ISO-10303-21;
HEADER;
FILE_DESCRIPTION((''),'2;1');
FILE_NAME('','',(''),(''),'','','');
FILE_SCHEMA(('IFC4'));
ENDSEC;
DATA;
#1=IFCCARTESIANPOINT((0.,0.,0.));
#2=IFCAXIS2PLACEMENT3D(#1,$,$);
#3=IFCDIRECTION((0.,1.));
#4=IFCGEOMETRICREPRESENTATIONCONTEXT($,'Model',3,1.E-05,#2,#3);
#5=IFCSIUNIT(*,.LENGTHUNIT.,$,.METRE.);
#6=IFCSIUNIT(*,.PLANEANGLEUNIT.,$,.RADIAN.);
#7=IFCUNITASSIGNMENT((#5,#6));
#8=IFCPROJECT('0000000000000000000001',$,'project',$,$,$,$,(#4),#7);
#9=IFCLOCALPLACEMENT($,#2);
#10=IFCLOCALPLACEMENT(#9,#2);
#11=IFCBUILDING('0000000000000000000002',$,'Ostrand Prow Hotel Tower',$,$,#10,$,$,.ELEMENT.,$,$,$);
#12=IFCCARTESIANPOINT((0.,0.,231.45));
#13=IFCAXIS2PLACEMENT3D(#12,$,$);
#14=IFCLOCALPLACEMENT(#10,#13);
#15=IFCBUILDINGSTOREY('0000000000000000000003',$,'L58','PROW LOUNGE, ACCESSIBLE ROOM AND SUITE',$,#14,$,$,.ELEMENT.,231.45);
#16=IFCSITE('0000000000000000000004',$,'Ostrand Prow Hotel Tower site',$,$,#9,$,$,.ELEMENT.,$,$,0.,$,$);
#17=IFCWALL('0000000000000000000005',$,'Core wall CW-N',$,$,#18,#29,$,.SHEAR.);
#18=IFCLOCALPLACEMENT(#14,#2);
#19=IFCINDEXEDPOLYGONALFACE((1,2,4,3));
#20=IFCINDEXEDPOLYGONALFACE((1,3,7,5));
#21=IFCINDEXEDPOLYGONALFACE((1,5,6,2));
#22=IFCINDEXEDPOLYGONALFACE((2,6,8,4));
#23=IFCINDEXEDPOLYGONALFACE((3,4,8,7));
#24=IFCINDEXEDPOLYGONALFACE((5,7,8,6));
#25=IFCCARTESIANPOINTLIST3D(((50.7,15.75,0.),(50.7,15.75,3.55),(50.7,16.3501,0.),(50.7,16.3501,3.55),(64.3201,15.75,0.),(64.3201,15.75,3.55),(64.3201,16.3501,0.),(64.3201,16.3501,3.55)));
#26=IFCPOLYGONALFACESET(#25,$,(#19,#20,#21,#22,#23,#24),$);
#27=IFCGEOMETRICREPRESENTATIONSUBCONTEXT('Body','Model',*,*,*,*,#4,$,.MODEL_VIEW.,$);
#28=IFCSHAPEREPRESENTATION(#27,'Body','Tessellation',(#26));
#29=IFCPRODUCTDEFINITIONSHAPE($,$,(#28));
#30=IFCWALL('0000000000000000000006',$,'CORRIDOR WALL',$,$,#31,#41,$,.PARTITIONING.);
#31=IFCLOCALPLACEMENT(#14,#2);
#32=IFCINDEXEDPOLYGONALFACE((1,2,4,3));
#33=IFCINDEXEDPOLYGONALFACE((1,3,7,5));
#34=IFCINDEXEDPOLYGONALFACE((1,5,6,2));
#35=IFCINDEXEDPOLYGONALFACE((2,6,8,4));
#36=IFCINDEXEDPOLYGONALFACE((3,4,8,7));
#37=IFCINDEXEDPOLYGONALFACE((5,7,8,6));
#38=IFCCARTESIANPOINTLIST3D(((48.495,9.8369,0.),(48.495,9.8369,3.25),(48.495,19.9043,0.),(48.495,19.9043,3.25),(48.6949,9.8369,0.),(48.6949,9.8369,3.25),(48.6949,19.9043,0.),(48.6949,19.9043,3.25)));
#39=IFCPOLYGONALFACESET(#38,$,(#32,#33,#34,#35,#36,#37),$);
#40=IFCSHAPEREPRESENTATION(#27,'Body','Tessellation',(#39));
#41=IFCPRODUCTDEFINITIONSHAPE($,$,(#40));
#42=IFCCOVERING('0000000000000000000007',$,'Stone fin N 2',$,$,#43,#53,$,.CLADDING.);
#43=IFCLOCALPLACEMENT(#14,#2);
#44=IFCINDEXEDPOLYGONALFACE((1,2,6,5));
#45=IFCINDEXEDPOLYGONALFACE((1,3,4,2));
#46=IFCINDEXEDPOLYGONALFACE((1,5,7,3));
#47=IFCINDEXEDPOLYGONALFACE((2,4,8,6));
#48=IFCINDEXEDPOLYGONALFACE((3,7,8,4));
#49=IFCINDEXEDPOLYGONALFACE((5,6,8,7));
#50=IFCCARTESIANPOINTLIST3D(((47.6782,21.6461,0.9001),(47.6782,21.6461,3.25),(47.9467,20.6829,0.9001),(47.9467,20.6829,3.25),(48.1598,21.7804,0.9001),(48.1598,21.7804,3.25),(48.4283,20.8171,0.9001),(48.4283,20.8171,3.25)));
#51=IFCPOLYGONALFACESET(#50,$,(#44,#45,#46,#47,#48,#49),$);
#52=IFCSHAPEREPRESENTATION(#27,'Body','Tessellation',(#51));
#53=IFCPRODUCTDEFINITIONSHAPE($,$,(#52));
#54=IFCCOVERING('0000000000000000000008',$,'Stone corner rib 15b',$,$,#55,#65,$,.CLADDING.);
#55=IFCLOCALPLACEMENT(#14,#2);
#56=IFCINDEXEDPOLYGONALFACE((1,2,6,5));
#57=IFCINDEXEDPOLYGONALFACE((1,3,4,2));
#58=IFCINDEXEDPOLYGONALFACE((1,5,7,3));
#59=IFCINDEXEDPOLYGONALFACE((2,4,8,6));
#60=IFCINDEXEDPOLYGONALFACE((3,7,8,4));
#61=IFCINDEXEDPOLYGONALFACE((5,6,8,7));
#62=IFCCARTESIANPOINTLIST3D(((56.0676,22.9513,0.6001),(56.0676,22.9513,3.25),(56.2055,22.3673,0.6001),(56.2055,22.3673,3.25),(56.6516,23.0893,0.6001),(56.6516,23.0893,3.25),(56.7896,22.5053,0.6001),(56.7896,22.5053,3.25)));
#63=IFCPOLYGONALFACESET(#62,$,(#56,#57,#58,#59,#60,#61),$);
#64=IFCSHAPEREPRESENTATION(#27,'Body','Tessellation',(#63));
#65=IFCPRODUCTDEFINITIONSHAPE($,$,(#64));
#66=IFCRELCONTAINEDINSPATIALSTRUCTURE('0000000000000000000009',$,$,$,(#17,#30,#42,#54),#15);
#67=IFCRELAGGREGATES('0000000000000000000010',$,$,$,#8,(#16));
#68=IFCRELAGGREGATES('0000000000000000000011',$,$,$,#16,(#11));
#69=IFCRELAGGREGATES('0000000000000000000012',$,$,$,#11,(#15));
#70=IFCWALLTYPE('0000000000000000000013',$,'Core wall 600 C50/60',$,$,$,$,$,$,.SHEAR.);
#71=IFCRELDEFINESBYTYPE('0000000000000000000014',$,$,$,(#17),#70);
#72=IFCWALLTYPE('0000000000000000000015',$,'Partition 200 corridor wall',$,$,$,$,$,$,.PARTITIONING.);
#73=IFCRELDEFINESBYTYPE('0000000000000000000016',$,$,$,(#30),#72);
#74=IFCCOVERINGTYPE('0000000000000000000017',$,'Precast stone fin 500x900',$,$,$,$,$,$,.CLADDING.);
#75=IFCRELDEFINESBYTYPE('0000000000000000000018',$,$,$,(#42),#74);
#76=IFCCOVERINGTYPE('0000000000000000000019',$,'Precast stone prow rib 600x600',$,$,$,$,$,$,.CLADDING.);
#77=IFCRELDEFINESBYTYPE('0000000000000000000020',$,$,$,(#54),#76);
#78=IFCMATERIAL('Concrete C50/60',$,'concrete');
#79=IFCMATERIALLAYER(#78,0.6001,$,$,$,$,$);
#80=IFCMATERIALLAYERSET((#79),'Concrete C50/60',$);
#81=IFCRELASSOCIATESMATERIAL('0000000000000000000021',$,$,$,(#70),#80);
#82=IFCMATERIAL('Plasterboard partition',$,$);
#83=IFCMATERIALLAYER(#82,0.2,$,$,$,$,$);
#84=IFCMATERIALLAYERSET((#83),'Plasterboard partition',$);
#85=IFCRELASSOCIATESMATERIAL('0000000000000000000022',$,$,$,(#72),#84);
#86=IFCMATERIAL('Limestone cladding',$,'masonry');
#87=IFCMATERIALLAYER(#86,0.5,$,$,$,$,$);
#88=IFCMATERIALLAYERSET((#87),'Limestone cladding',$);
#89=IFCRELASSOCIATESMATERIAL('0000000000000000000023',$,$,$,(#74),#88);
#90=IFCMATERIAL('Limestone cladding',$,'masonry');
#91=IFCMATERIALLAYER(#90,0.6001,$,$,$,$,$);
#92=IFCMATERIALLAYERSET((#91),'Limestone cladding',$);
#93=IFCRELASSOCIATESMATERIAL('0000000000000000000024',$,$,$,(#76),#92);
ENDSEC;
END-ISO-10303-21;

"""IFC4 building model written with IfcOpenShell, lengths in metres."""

from ifc_helpers import new_model, si_unit, direction, frame, frame_2d, origin, place, context, subcontext, project, spatial, rectangle, extrude, material, layer, layer_set, type_object, element, save


model = new_model("IFC4")

# Units and contexts
model_context = context("Model", 3, precision=1e-05, world=origin(), true_north=direction((0.0, 1.0)))
body_context = subcontext(model_context, "Body", "Model", "MODEL_VIEW")
ifc_project = project(units=[si_unit("LENGTHUNIT", "METRE"), si_unit("PLANEANGLEUNIT", "RADIAN")], contexts=[model_context])

# Site, building, storey
site_placement = place(None, origin())
site = spatial("IfcSite", under=ifc_project, at=site_placement, Name="Ostrand Prow Hotel Tower site", CompositionType="ELEMENT", RefElevation=0.0)
building_placement = place(site_placement, origin())
building = spatial("IfcBuilding", under=site, at=building_placement, Name="Ostrand Prow Hotel Tower", CompositionType="ELEMENT")
storey_placement = place(building_placement, frame((0.0, 0.0, 231.45)))
storey = spatial("IfcBuildingStorey", under=building, at=storey_placement, Name="L58", Description="PROW LOUNGE, ACCESSIBLE ROOM AND SUITE", CompositionType="ELEMENT", Elevation=231.45)

# Walls
ifc_material_1 = material(Name="Concrete C50/60", Category="concrete")
ifc_layer_1 = layer(ifc_material_1, 0.6001)
ifc_layer_set_1 = layer_set([ifc_layer_1], Name="Concrete C50/60")
wall_type_1 = type_object("IfcWallType", Name="Core wall 600 C50/60", PredefinedType="SHEAR", material=ifc_layer_set_1)
wall_1_placement = place(storey_placement, frame((50.7, 16.05, 0.0), z_axis=(0.0, 0.0, 1.0), x_axis=(1.0, 0.0, 0.0)))
element("IfcWall", 1, at=wall_1_placement, inside=storey, type_object=wall_type_1, Name="Core wall CW-N", PredefinedType="SHEAR", context=body_context, shape_type="SweptSolid", body=[
    extrude(rectangle(XDim=13.6201, YDim=0.6001, at=frame_2d((6.8101, 0.0))), origin(), (0.0, 0.0, 1.0), 3.55),
])
ifc_material_2 = material(Name="Plasterboard partition")
ifc_layer_2 = layer(ifc_material_2, 0.2)
ifc_layer_set_2 = layer_set([ifc_layer_2], Name="Plasterboard partition")
wall_type_2 = type_object("IfcWallType", Name="Partition 200 corridor wall", PredefinedType="PARTITIONING", material=ifc_layer_set_2)
wall_2_placement = place(storey_placement, frame((48.595, 19.9043, 0.0), z_axis=(0.0, 0.0, 1.0), x_axis=(0.0, -1.0, 0.0)))
element("IfcWall", 2, at=wall_2_placement, inside=storey, type_object=wall_type_2, Name="CORRIDOR WALL", PredefinedType="PARTITIONING", context=body_context, shape_type="SweptSolid", body=[
    extrude(rectangle(XDim=10.0674, YDim=0.2, at=frame_2d((5.0337, 0.0))), origin(), (0.0, 0.0, 1.0), 3.25),
])

# Coverings
ifc_material_3 = material(Name="Limestone cladding", Category="masonry")
ifc_layer_3 = layer(ifc_material_3, 0.5)
ifc_layer_set_3 = layer_set([ifc_layer_3], Name="Limestone cladding")
covering_type_1 = type_object("IfcCoveringType", Name="Precast stone fin 500x900", PredefinedType="CLADDING", material=ifc_layer_set_3)
covering_1_placement = place(storey_placement, frame((48.1875, 20.75, 0.9001), z_axis=(0.0, 0.0, 1.0), x_axis=(-0.268525, 0.963273, 0.0)))
element("IfcCovering", 3, at=covering_1_placement, inside=storey, type_object=covering_type_1, Name="Stone fin N 2", PredefinedType="CLADDING", context=body_context, shape_type="SweptSolid", body=[
    extrude(rectangle(XDim=1.0, YDim=0.5, at=frame_2d((0.5, 0.0))), origin(), (0.0, 0.0, 1.0), 2.3499),
])
ifc_material_4 = material(Name="Limestone cladding", Category="masonry")
ifc_layer_4 = layer(ifc_material_4, 0.6001)
ifc_layer_set_4 = layer_set([ifc_layer_4], Name="Limestone cladding")
covering_type_2 = type_object("IfcCoveringType", Name="Precast stone prow rib 600x600", PredefinedType="CLADDING", material=ifc_layer_set_4)
covering_2_placement = place(storey_placement, frame((56.4976, 22.4363, 0.6001), z_axis=(0.0, 0.0, 1.0), x_axis=(-0.229878, 0.973219, 0.0)))
element("IfcCovering", 4, at=covering_2_placement, inside=storey, type_object=covering_type_2, Name="Stone corner rib 15b", PredefinedType="CLADDING", context=body_context, shape_type="SweptSolid", body=[
    extrude(rectangle(XDim=0.6001, YDim=0.6001, at=frame_2d((0.3, 0.0))), origin(), (0.0, 0.0, 1.0), 2.6499),
])

save(model, "model.ifc")
